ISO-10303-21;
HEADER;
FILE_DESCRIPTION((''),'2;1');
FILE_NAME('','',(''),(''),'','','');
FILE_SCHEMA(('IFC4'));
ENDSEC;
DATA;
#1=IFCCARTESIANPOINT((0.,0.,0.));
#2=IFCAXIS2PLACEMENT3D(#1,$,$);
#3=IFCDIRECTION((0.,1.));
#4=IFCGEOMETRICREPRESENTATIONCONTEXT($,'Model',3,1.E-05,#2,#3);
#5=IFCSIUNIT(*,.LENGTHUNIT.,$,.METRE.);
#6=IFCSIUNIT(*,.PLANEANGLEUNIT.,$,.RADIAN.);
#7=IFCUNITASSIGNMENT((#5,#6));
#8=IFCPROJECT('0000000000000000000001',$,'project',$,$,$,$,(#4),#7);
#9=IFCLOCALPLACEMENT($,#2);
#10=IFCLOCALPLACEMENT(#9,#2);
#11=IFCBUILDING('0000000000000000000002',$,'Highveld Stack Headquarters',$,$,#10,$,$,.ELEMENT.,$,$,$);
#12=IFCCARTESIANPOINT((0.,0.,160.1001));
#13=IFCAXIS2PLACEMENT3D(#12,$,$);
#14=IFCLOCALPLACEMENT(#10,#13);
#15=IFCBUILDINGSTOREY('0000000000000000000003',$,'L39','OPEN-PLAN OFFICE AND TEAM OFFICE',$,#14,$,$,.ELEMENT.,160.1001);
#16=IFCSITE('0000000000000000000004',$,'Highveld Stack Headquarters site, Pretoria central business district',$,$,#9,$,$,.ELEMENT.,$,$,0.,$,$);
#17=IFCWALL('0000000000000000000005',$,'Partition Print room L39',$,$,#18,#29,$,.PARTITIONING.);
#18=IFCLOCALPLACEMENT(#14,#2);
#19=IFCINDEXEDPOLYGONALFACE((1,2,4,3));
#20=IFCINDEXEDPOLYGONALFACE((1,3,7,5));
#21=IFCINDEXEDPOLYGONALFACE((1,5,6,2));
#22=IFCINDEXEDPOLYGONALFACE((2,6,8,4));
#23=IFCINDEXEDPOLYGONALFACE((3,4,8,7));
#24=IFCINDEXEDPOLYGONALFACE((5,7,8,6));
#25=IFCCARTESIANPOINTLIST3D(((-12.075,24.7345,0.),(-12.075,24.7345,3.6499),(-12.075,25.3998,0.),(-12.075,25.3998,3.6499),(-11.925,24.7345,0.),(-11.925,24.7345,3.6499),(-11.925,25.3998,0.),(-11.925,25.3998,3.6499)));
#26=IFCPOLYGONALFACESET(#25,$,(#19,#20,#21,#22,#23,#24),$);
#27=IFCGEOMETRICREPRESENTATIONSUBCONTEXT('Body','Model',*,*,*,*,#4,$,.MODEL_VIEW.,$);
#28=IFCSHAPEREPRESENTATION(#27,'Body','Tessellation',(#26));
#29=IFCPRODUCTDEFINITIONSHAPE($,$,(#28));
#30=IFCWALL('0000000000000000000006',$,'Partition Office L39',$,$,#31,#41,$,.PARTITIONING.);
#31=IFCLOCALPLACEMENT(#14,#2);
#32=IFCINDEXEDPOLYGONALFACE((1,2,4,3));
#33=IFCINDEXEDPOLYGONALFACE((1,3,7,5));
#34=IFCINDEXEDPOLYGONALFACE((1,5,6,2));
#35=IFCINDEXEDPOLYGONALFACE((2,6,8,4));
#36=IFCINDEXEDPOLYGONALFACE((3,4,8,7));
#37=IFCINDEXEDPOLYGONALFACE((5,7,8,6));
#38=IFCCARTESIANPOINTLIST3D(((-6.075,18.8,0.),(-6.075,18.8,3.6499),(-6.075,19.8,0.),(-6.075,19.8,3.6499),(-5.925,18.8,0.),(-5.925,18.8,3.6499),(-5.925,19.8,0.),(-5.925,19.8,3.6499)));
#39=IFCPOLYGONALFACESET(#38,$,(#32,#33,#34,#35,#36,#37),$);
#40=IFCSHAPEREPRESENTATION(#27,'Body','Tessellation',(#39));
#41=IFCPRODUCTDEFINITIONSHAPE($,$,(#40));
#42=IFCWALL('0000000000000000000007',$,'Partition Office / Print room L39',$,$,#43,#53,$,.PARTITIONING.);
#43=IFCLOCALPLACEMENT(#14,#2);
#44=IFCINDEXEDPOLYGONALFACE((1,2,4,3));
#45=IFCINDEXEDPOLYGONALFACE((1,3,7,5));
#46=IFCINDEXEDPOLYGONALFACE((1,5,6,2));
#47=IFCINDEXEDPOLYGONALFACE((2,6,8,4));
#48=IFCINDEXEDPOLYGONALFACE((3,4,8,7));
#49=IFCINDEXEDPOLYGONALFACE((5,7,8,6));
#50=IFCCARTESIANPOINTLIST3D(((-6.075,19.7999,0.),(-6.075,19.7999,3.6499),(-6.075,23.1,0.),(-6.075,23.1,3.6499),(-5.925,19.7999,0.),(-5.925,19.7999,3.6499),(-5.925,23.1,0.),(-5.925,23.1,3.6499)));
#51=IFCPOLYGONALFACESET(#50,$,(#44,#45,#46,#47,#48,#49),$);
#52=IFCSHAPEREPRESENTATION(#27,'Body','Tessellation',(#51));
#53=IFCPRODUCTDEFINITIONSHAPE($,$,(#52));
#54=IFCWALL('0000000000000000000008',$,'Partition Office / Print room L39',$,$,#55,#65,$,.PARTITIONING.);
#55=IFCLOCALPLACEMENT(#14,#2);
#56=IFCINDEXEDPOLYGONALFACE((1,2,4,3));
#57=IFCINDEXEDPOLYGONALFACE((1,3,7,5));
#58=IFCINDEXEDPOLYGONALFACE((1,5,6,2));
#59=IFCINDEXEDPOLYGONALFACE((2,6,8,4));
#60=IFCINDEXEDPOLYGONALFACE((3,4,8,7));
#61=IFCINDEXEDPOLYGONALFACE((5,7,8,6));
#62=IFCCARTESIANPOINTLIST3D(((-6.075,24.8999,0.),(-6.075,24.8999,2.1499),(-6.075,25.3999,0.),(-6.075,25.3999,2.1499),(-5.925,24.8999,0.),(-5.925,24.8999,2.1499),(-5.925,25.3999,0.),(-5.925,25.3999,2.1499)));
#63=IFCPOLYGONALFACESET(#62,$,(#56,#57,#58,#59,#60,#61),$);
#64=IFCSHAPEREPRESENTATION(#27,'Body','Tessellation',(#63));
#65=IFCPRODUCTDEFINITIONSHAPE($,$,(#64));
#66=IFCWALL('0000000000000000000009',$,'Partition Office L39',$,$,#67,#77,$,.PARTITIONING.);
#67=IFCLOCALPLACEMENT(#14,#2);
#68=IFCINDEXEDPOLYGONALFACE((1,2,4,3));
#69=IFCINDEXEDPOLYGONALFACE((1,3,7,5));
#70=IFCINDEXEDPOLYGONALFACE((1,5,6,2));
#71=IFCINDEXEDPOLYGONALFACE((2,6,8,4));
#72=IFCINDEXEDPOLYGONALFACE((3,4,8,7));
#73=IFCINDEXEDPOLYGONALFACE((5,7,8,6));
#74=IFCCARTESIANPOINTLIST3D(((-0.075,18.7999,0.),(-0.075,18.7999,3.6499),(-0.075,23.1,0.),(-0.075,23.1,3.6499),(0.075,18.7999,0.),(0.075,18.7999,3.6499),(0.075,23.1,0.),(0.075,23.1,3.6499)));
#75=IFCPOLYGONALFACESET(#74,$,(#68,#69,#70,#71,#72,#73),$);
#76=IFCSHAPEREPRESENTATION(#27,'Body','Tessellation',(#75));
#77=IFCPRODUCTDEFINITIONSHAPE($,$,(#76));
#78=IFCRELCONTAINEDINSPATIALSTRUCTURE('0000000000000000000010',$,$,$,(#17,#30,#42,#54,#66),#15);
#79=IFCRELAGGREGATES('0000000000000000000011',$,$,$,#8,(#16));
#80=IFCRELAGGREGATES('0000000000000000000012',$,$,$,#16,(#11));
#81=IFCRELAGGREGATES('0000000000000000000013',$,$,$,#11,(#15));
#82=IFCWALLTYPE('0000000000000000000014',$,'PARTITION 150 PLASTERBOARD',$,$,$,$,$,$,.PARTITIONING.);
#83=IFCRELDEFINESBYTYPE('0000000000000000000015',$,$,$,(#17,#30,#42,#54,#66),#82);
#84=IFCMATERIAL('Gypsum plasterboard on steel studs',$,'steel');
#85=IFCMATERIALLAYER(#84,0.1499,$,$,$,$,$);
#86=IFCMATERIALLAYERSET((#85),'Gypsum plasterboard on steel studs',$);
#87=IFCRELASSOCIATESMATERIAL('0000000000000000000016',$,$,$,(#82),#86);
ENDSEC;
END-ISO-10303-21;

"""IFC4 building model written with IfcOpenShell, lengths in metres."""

from ifc_helpers import new_model, si_unit, direction, frame, frame_2d, origin, place, context, subcontext, project, spatial, rectangle, extrude, material, layer, layer_set, type_object, element, save


model = new_model("IFC4")

# Units and contexts
model_context = context("Model", 3, precision=1e-05, world=origin(), true_north=direction((0.0, 1.0)))
body_context = subcontext(model_context, "Body", "Model", "MODEL_VIEW")
ifc_project = project(units=[si_unit("LENGTHUNIT", "METRE"), si_unit("PLANEANGLEUNIT", "RADIAN")], contexts=[model_context])

# Site, building, storey
site_placement = place(None, origin())
site = spatial("IfcSite", under=ifc_project, at=site_placement, Name="Highveld Stack Headquarters site, Pretoria central business district", CompositionType="ELEMENT", RefElevation=0.0)
building_placement = place(site_placement, origin())
building = spatial("IfcBuilding", under=site, at=building_placement, Name="Highveld Stack Headquarters", CompositionType="ELEMENT")
storey_placement = place(building_placement, frame((0.0, 0.0, 160.1001)))
storey = spatial("IfcBuildingStorey", under=building, at=storey_placement, Name="L39", Description="OPEN-PLAN OFFICE AND TEAM OFFICE", CompositionType="ELEMENT", Elevation=160.1001)

# Shared definitions
ifc_material_1 = material(Name="Gypsum plasterboard on steel studs", Category="steel")
ifc_layer = layer(ifc_material_1, 0.1499)
ifc_layer_set = layer_set([ifc_layer], Name="Gypsum plasterboard on steel studs")
wall_type = type_object("IfcWallType", Name="PARTITION 150 PLASTERBOARD", PredefinedType="PARTITIONING", material=ifc_layer_set)

# Walls
wall_1_placement = place(storey_placement, frame((-12.0, 24.7346, 0.0), z_axis=(0.0, 0.0, 1.0), x_axis=(0.0, 1.0, 0.0)))
element("IfcWall", 1, at=wall_1_placement, inside=storey, type_object=wall_type, Name="Partition Print room L39", PredefinedType="PARTITIONING", context=body_context, shape_type="SweptSolid", body=[
    extrude(rectangle(XDim=0.6653, YDim=0.1499, at=frame_2d((0.3325, 0.0))), origin(), (0.0, 0.0, 1.0), 3.6499),
])
wall_2_placement = place(storey_placement, frame((-6.0, 18.8, 0.0), z_axis=(0.0, 0.0, 1.0), x_axis=(0.0, 1.0, 0.0)))
element("IfcWall", 2, at=wall_2_placement, inside=storey, type_object=wall_type, Name="Partition Office L39", PredefinedType="PARTITIONING", context=body_context, shape_type="SweptSolid", body=[
    extrude(rectangle(XDim=1.0, YDim=0.1499, at=frame_2d((0.5, 0.0))), origin(), (0.0, 0.0, 1.0), 3.6499),
])
wall_3_placement = place(storey_placement, frame((-6.0, 19.8, 0.0), z_axis=(0.0, 0.0, 1.0), x_axis=(0.0, 1.0, 0.0)))
element("IfcWall", 3, at=wall_3_placement, inside=storey, type_object=wall_type, Name="Partition Office / Print room L39", PredefinedType="PARTITIONING", context=body_context, shape_type="SweptSolid", body=[
    extrude(rectangle(XDim=3.3, YDim=0.1499, at=frame_2d((1.6499, 0.0))), origin(), (0.0, 0.0, 1.0), 3.6499),
])
wall_4_placement = place(storey_placement, frame((-6.0, 24.8999, 0.0), z_axis=(0.0, 0.0, 1.0), x_axis=(0.0, 1.0, 0.0)))
element("IfcWall", 4, at=wall_4_placement, inside=storey, type_object=wall_type, Name="Partition Office / Print room L39", PredefinedType="PARTITIONING", context=body_context, shape_type="SweptSolid", body=[
    extrude(rectangle(XDim=0.5, YDim=0.1499, at=frame_2d((0.25, 0.0))), origin(), (0.0, 0.0, 1.0), 2.1499),
])
wall_5_placement = place(storey_placement, frame((0.0, 18.8, 0.0), z_axis=(0.0, 0.0, 1.0), x_axis=(0.0, 1.0, 0.0)))
element("IfcWall", 5, at=wall_5_placement, inside=storey, type_object=wall_type, Name="Partition Office L39", PredefinedType="PARTITIONING", context=body_context, shape_type="SweptSolid", body=[
    extrude(rectangle(XDim=4.3, YDim=0.1499, at=frame_2d((2.1499, 0.0))), origin(), (0.0, 0.0, 1.0), 3.6499),
])

save(model, "model.ifc")
